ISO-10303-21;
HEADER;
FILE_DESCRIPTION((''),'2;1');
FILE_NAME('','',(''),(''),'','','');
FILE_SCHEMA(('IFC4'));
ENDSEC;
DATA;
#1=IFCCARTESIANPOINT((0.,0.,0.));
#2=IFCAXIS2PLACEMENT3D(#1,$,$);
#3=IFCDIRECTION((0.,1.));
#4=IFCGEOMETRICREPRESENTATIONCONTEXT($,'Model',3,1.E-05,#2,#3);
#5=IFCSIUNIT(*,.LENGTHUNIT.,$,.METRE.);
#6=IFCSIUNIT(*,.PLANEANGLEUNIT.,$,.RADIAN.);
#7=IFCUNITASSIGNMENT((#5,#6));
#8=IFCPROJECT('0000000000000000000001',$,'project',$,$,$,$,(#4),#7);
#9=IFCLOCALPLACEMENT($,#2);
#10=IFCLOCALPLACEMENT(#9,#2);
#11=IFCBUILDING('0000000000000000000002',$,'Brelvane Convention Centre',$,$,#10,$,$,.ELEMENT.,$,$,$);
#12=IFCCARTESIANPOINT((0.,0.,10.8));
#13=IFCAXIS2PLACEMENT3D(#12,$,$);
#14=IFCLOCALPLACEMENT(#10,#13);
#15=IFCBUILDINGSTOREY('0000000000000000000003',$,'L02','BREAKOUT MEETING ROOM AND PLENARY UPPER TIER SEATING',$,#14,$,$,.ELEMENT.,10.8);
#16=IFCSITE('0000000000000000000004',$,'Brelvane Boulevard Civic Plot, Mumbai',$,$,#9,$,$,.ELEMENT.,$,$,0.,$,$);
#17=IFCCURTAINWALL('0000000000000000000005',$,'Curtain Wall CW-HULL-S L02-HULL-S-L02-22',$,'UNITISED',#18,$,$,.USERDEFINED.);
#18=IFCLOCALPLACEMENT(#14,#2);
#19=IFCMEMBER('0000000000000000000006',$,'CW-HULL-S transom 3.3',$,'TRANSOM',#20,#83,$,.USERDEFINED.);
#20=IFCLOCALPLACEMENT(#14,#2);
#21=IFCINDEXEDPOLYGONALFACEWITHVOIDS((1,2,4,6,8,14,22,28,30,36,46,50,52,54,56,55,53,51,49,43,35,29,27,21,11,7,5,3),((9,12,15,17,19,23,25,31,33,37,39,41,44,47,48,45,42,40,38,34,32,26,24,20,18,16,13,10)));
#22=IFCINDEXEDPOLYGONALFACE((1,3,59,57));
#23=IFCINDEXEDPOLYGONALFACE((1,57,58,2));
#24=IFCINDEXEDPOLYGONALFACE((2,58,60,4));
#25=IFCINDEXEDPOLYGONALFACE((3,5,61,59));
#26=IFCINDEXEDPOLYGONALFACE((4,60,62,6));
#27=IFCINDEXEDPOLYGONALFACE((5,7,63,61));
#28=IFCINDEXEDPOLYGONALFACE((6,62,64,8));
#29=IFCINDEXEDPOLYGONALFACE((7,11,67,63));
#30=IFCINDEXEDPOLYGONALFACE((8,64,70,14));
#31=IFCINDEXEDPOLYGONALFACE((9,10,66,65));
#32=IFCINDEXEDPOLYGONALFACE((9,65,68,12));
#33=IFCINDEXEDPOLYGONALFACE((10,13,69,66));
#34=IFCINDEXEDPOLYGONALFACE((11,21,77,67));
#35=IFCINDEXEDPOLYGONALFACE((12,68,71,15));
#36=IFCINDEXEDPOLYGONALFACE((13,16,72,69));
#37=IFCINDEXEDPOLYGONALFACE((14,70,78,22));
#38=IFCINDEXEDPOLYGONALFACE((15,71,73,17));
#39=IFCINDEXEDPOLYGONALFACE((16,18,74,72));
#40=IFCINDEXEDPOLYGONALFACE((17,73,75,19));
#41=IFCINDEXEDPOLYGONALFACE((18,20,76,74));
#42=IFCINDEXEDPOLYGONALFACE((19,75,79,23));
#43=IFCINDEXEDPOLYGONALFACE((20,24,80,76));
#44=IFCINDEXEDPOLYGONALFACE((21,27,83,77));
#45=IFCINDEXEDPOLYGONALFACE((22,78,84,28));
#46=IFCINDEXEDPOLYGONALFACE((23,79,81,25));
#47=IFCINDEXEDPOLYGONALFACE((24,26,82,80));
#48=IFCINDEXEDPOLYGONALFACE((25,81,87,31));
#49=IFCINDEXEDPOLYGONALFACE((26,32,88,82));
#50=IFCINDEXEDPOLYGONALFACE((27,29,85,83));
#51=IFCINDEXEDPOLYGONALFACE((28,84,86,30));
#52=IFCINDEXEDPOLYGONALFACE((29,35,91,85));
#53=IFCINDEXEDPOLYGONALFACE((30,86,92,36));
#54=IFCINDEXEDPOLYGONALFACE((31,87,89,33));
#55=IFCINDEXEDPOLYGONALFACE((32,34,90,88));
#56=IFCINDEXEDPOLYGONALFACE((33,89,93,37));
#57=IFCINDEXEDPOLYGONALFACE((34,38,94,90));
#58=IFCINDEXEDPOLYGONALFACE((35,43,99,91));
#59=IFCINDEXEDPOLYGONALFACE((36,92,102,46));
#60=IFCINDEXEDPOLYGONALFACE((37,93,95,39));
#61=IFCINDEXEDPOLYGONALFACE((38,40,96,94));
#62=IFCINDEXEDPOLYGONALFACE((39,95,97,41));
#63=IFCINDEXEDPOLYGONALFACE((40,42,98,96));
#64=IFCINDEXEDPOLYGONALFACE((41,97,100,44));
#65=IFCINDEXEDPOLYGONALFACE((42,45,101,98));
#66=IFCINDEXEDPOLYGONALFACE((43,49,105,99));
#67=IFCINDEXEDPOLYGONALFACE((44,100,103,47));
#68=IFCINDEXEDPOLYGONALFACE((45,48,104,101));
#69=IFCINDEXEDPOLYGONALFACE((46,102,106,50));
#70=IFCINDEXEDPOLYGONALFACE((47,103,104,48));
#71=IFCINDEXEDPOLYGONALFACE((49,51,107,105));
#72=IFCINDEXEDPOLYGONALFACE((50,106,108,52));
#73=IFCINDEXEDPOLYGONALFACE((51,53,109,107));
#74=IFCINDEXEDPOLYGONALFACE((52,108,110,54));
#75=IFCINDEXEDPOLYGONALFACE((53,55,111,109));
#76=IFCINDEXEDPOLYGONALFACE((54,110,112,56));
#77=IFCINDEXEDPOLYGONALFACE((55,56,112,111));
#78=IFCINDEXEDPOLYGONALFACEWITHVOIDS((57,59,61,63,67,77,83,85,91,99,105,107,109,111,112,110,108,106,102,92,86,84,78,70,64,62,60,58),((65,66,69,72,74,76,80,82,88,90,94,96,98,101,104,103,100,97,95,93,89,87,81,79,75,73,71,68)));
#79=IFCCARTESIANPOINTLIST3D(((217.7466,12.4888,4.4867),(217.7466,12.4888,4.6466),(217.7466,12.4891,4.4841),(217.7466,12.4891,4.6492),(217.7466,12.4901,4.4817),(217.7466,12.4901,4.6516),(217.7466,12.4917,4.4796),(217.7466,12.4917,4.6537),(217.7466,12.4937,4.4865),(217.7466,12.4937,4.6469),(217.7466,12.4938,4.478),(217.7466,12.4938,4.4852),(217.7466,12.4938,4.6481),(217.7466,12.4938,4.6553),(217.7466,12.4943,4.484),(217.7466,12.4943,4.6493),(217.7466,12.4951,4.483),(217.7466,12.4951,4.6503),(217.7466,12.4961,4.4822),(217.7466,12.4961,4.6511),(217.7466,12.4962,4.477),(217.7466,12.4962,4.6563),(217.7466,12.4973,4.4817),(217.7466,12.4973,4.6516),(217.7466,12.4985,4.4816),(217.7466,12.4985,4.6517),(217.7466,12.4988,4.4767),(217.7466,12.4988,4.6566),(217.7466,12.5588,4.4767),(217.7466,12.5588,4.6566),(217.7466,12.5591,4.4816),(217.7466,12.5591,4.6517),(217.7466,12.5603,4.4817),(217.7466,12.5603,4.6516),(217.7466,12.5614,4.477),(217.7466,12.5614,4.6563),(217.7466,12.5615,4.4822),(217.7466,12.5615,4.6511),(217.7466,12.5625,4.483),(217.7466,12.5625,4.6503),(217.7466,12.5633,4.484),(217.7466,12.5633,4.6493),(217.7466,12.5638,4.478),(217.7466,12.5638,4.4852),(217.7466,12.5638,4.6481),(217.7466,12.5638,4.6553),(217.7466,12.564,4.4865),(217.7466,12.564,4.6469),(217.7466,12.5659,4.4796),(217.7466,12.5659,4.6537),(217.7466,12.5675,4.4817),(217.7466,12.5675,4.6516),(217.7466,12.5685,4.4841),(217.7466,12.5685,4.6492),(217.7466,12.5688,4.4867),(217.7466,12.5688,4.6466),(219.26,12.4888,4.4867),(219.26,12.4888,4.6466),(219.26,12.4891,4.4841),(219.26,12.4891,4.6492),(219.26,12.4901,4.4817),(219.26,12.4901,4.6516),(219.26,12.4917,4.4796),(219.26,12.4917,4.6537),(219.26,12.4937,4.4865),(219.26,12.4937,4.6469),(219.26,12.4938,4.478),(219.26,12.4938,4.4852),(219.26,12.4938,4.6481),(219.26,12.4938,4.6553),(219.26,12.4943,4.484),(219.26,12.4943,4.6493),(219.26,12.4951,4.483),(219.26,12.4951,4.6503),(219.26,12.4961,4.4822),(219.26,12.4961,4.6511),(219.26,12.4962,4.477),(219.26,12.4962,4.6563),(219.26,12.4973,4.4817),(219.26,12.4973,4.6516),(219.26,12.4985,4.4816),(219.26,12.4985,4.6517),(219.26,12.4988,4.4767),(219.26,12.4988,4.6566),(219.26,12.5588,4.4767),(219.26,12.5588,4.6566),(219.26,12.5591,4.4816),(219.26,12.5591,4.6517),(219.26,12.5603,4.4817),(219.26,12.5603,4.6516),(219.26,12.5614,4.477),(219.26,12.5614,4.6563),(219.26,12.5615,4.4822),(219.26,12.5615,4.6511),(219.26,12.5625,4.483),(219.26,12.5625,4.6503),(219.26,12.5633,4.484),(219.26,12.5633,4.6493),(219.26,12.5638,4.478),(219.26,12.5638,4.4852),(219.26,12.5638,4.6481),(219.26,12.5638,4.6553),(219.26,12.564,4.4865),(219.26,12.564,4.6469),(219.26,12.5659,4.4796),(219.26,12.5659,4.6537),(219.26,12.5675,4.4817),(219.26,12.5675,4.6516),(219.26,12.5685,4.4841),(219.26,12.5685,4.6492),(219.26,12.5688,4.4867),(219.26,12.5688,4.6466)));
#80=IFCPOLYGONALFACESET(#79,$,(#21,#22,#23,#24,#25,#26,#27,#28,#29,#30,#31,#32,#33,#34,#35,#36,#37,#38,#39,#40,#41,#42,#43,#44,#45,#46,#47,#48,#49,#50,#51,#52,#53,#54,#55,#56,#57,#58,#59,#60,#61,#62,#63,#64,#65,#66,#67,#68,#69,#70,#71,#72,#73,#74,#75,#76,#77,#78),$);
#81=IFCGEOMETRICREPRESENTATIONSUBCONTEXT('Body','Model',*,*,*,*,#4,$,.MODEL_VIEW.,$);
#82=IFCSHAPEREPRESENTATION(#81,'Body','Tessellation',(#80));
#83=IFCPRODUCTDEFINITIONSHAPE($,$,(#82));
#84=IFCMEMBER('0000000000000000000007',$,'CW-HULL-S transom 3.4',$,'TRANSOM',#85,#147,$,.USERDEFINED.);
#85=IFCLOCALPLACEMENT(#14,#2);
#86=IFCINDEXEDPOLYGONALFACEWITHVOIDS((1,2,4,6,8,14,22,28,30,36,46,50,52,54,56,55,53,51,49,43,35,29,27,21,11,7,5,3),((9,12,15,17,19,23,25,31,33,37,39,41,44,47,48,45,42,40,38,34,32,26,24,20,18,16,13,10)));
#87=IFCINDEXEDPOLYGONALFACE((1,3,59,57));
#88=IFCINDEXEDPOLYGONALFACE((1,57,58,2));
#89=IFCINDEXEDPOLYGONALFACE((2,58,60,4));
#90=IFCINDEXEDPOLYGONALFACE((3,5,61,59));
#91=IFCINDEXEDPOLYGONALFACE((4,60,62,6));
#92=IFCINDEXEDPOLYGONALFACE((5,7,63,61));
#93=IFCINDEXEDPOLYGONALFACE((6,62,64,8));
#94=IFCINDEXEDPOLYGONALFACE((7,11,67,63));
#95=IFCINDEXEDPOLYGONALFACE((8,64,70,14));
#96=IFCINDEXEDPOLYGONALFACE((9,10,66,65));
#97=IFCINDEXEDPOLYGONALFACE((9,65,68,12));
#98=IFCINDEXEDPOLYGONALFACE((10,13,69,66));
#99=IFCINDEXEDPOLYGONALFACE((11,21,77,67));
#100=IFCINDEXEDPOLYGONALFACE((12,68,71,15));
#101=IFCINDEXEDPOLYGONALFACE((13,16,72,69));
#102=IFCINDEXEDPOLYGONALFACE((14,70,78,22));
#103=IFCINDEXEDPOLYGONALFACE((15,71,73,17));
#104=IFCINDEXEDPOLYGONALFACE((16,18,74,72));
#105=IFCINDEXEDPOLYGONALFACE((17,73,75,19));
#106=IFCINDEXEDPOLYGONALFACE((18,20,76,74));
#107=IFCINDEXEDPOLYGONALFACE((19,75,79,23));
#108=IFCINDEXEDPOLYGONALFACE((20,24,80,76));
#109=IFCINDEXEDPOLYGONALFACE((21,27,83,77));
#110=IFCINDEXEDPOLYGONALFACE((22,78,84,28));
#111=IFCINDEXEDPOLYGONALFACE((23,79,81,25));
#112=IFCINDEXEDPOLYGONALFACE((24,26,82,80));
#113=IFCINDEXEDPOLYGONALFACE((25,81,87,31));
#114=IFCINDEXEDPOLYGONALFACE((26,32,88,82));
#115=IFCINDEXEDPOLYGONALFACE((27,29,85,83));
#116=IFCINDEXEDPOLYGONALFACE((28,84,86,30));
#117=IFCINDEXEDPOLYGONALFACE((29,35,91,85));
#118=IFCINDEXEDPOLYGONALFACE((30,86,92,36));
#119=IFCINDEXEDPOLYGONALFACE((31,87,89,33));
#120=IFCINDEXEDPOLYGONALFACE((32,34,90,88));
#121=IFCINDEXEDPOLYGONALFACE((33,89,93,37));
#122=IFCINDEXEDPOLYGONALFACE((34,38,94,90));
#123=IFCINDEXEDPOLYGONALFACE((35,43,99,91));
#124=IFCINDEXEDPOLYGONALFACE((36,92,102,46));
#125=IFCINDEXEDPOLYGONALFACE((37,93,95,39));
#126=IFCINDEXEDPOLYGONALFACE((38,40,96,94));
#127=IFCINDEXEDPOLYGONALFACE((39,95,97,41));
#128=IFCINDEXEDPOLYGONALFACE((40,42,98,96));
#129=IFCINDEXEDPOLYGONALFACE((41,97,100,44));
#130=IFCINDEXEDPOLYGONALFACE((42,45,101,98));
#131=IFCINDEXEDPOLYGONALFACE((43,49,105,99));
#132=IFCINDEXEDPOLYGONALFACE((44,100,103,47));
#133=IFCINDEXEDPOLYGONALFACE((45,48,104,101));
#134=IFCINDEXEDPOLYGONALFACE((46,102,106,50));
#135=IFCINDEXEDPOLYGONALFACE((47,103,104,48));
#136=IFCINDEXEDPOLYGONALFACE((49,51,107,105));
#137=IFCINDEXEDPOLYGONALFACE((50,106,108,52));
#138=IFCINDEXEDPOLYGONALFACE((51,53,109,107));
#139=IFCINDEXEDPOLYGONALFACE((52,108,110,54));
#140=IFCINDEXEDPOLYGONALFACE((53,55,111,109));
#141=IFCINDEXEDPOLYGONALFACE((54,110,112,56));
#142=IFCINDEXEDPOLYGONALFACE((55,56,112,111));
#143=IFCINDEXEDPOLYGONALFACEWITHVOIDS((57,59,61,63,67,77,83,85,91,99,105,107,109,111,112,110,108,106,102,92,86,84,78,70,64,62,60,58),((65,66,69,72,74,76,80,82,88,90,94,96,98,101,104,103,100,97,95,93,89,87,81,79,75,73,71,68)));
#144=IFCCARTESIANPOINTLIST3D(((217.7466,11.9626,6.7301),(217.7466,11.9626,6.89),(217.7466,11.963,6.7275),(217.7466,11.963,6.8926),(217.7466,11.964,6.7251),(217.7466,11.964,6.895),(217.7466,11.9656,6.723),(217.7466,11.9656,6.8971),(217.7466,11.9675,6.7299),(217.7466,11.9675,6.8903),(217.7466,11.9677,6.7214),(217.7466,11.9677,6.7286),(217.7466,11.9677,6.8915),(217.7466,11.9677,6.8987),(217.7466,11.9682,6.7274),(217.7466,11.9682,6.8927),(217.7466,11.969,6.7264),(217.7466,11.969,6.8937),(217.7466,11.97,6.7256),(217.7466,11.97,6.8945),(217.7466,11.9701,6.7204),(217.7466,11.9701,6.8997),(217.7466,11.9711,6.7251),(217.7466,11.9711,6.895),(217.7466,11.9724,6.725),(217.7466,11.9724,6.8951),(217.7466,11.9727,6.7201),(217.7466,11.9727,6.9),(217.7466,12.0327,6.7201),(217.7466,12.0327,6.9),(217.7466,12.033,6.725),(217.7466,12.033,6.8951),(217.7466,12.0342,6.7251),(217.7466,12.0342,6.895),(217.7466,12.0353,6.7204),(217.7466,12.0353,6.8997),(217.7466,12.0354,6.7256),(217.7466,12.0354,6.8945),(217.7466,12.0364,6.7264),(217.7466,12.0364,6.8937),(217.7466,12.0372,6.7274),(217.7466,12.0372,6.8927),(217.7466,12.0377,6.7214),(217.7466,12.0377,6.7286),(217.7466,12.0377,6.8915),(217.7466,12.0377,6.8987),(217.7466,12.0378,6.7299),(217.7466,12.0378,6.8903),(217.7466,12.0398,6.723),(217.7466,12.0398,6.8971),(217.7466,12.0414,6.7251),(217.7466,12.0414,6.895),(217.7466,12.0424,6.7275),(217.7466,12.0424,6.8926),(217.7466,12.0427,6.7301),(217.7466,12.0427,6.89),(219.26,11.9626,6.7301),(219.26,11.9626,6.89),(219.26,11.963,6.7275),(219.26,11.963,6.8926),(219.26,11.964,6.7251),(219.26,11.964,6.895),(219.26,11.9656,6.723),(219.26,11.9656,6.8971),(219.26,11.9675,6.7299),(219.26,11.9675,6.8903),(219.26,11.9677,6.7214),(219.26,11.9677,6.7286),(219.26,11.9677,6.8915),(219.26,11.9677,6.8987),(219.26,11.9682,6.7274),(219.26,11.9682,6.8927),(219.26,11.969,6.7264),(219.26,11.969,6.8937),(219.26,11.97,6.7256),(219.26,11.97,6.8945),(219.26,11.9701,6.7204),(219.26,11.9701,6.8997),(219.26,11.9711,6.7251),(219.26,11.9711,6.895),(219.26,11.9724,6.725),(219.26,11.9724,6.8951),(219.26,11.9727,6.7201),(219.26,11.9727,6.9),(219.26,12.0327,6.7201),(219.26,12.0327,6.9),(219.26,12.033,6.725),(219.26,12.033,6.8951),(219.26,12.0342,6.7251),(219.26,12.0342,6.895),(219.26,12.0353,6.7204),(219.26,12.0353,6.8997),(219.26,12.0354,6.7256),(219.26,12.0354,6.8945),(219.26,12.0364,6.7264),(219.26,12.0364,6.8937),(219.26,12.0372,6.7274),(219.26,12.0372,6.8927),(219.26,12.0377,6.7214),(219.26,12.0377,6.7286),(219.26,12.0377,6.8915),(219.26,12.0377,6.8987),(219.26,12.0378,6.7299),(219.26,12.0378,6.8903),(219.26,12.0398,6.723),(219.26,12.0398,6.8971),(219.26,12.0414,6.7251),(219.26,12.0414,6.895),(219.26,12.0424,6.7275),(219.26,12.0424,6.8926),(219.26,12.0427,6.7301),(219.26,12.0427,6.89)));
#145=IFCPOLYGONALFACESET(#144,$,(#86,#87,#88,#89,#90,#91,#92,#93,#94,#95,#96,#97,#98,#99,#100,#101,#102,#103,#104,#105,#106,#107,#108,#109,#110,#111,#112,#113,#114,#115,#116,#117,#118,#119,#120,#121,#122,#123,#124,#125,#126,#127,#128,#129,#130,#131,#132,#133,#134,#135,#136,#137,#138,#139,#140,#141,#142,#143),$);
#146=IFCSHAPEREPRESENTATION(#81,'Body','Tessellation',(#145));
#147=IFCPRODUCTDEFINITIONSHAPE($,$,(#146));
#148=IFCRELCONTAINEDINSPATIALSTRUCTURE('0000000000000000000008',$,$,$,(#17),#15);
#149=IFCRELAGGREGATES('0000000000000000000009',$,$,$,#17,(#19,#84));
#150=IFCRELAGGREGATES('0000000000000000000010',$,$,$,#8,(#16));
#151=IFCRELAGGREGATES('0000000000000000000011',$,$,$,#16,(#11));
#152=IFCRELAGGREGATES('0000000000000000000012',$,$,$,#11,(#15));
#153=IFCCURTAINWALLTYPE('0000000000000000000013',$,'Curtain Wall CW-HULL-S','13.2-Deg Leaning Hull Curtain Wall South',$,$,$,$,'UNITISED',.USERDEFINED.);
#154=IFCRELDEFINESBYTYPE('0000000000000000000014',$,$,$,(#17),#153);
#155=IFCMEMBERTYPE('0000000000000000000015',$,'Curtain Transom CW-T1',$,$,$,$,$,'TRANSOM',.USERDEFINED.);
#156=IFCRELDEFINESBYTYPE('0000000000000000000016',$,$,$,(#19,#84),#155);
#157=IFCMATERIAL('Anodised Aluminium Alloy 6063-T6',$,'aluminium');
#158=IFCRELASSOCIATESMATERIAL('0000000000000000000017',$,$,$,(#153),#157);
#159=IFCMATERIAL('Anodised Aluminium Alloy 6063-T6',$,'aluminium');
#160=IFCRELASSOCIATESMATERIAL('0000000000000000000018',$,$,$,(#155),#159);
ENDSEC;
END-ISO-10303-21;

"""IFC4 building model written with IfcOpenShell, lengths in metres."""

from ifc_helpers import new_model, si_unit, direction, frame, origin, origin_2d, place, context, subcontext, project, spatial, hollow_rectangle, extrude, material, material_profile, profile_set, type_object, element, aggregate, save


model = new_model("IFC4")

# Units and contexts
model_context = context("Model", 3, precision=1e-05, world=origin(), true_north=direction((0.0, 1.0)))
body_context = subcontext(model_context, "Body", "Model", "MODEL_VIEW")
ifc_project = project(units=[si_unit("LENGTHUNIT", "METRE"), si_unit("PLANEANGLEUNIT", "RADIAN")], contexts=[model_context])

# Site, building, storey
site_placement = place(None, origin())
site = spatial("IfcSite", under=ifc_project, at=site_placement, Name="Brelvane Boulevard Civic Plot, Mumbai", CompositionType="ELEMENT", RefElevation=0.0)
building_placement = place(site_placement, origin())
building = spatial("IfcBuilding", under=site, at=building_placement, Name="Brelvane Convention Centre", CompositionType="ELEMENT")
storey_placement = place(building_placement, frame((0.0, 0.0, 10.8)))
storey = spatial("IfcBuildingStorey", under=building, at=storey_placement, Name="L02", Description="BREAKOUT MEETING ROOM AND PLENARY UPPER TIER SEATING", CompositionType="ELEMENT", Elevation=10.8)

# Curtain wall, members
ifc_material_1 = material(Name="Anodised Aluminium Alloy 6063-T6", Category="aluminium")
curtain_wall_type = type_object("IfcCurtainWallType", Name="Curtain Wall CW-HULL-S", Description="13.2-Deg Leaning Hull Curtain Wall South", ElementType="UNITISED", PredefinedType="USERDEFINED", material=ifc_material_1)
curtain_wall_placement = place(storey_placement, origin())
curtain_wall = element("IfcCurtainWall", 1, at=curtain_wall_placement, inside=storey, type_object=curtain_wall_type, Name="Curtain Wall CW-HULL-S L02-HULL-S-L02-22", ObjectType="UNITISED", PredefinedType="USERDEFINED")
ifc_material_2 = material(Name="Anodised Aluminium Alloy 6063-T6", Category="aluminium")
ifc_material_profile_1 = material_profile(ifc_material_2, hollow_rectangle(XDim=0.0801, YDim=0.1799, WallThickness=0.0049, InnerFilletRadius=0.0049, OuterFilletRadius=0.01, at=origin_2d()), Name="ALU-T 180x80x5.0")
ifc_profile_set_1 = profile_set([ifc_material_profile_1], Name="Anodised Aluminium Alloy 6063-T6")
member_type_1 = type_object("IfcMemberType", Name="Curtain Transom CW-T1", ElementType="TRANSOM", PredefinedType="USERDEFINED", material=ifc_profile_set_1)
member_1_placement = place(storey_placement, frame((217.7466, 12.5288, 4.5667), z_axis=(1.0, 0.0, 0.0), x_axis=(0.0, 1.0, 0.0)))
member_1 = element("IfcMember", 2, at=member_1_placement, type_object=member_type_1, Name="CW-HULL-S transom 3.3", ObjectType="TRANSOM", PredefinedType="USERDEFINED", context=body_context, shape_type="SweptSolid", body=[
    extrude(hollow_rectangle(XDim=0.0801, YDim=0.1799, WallThickness=0.0049, InnerFilletRadius=0.0049, OuterFilletRadius=0.01, at=origin_2d()), origin(), (0.0, 0.0, 1.0), 1.5134),
])
member_2_placement = place(storey_placement, frame((217.7466, 12.0027, 6.8101), z_axis=(1.0, 0.0, 0.0), x_axis=(0.0, 1.0, 0.0)))
member_2 = element("IfcMember", 3, at=member_2_placement, type_object=member_type_1, Name="CW-HULL-S transom 3.4", ObjectType="TRANSOM", PredefinedType="USERDEFINED", context=body_context, shape_type="SweptSolid", body=[
    extrude(hollow_rectangle(XDim=0.0801, YDim=0.1799, WallThickness=0.0049, InnerFilletRadius=0.0049, OuterFilletRadius=0.01, at=origin_2d()), origin(), (0.0, 0.0, 1.0), 1.5134),
])

aggregate(curtain_wall, [member_1, member_2])

save(model, "model.ifc")
